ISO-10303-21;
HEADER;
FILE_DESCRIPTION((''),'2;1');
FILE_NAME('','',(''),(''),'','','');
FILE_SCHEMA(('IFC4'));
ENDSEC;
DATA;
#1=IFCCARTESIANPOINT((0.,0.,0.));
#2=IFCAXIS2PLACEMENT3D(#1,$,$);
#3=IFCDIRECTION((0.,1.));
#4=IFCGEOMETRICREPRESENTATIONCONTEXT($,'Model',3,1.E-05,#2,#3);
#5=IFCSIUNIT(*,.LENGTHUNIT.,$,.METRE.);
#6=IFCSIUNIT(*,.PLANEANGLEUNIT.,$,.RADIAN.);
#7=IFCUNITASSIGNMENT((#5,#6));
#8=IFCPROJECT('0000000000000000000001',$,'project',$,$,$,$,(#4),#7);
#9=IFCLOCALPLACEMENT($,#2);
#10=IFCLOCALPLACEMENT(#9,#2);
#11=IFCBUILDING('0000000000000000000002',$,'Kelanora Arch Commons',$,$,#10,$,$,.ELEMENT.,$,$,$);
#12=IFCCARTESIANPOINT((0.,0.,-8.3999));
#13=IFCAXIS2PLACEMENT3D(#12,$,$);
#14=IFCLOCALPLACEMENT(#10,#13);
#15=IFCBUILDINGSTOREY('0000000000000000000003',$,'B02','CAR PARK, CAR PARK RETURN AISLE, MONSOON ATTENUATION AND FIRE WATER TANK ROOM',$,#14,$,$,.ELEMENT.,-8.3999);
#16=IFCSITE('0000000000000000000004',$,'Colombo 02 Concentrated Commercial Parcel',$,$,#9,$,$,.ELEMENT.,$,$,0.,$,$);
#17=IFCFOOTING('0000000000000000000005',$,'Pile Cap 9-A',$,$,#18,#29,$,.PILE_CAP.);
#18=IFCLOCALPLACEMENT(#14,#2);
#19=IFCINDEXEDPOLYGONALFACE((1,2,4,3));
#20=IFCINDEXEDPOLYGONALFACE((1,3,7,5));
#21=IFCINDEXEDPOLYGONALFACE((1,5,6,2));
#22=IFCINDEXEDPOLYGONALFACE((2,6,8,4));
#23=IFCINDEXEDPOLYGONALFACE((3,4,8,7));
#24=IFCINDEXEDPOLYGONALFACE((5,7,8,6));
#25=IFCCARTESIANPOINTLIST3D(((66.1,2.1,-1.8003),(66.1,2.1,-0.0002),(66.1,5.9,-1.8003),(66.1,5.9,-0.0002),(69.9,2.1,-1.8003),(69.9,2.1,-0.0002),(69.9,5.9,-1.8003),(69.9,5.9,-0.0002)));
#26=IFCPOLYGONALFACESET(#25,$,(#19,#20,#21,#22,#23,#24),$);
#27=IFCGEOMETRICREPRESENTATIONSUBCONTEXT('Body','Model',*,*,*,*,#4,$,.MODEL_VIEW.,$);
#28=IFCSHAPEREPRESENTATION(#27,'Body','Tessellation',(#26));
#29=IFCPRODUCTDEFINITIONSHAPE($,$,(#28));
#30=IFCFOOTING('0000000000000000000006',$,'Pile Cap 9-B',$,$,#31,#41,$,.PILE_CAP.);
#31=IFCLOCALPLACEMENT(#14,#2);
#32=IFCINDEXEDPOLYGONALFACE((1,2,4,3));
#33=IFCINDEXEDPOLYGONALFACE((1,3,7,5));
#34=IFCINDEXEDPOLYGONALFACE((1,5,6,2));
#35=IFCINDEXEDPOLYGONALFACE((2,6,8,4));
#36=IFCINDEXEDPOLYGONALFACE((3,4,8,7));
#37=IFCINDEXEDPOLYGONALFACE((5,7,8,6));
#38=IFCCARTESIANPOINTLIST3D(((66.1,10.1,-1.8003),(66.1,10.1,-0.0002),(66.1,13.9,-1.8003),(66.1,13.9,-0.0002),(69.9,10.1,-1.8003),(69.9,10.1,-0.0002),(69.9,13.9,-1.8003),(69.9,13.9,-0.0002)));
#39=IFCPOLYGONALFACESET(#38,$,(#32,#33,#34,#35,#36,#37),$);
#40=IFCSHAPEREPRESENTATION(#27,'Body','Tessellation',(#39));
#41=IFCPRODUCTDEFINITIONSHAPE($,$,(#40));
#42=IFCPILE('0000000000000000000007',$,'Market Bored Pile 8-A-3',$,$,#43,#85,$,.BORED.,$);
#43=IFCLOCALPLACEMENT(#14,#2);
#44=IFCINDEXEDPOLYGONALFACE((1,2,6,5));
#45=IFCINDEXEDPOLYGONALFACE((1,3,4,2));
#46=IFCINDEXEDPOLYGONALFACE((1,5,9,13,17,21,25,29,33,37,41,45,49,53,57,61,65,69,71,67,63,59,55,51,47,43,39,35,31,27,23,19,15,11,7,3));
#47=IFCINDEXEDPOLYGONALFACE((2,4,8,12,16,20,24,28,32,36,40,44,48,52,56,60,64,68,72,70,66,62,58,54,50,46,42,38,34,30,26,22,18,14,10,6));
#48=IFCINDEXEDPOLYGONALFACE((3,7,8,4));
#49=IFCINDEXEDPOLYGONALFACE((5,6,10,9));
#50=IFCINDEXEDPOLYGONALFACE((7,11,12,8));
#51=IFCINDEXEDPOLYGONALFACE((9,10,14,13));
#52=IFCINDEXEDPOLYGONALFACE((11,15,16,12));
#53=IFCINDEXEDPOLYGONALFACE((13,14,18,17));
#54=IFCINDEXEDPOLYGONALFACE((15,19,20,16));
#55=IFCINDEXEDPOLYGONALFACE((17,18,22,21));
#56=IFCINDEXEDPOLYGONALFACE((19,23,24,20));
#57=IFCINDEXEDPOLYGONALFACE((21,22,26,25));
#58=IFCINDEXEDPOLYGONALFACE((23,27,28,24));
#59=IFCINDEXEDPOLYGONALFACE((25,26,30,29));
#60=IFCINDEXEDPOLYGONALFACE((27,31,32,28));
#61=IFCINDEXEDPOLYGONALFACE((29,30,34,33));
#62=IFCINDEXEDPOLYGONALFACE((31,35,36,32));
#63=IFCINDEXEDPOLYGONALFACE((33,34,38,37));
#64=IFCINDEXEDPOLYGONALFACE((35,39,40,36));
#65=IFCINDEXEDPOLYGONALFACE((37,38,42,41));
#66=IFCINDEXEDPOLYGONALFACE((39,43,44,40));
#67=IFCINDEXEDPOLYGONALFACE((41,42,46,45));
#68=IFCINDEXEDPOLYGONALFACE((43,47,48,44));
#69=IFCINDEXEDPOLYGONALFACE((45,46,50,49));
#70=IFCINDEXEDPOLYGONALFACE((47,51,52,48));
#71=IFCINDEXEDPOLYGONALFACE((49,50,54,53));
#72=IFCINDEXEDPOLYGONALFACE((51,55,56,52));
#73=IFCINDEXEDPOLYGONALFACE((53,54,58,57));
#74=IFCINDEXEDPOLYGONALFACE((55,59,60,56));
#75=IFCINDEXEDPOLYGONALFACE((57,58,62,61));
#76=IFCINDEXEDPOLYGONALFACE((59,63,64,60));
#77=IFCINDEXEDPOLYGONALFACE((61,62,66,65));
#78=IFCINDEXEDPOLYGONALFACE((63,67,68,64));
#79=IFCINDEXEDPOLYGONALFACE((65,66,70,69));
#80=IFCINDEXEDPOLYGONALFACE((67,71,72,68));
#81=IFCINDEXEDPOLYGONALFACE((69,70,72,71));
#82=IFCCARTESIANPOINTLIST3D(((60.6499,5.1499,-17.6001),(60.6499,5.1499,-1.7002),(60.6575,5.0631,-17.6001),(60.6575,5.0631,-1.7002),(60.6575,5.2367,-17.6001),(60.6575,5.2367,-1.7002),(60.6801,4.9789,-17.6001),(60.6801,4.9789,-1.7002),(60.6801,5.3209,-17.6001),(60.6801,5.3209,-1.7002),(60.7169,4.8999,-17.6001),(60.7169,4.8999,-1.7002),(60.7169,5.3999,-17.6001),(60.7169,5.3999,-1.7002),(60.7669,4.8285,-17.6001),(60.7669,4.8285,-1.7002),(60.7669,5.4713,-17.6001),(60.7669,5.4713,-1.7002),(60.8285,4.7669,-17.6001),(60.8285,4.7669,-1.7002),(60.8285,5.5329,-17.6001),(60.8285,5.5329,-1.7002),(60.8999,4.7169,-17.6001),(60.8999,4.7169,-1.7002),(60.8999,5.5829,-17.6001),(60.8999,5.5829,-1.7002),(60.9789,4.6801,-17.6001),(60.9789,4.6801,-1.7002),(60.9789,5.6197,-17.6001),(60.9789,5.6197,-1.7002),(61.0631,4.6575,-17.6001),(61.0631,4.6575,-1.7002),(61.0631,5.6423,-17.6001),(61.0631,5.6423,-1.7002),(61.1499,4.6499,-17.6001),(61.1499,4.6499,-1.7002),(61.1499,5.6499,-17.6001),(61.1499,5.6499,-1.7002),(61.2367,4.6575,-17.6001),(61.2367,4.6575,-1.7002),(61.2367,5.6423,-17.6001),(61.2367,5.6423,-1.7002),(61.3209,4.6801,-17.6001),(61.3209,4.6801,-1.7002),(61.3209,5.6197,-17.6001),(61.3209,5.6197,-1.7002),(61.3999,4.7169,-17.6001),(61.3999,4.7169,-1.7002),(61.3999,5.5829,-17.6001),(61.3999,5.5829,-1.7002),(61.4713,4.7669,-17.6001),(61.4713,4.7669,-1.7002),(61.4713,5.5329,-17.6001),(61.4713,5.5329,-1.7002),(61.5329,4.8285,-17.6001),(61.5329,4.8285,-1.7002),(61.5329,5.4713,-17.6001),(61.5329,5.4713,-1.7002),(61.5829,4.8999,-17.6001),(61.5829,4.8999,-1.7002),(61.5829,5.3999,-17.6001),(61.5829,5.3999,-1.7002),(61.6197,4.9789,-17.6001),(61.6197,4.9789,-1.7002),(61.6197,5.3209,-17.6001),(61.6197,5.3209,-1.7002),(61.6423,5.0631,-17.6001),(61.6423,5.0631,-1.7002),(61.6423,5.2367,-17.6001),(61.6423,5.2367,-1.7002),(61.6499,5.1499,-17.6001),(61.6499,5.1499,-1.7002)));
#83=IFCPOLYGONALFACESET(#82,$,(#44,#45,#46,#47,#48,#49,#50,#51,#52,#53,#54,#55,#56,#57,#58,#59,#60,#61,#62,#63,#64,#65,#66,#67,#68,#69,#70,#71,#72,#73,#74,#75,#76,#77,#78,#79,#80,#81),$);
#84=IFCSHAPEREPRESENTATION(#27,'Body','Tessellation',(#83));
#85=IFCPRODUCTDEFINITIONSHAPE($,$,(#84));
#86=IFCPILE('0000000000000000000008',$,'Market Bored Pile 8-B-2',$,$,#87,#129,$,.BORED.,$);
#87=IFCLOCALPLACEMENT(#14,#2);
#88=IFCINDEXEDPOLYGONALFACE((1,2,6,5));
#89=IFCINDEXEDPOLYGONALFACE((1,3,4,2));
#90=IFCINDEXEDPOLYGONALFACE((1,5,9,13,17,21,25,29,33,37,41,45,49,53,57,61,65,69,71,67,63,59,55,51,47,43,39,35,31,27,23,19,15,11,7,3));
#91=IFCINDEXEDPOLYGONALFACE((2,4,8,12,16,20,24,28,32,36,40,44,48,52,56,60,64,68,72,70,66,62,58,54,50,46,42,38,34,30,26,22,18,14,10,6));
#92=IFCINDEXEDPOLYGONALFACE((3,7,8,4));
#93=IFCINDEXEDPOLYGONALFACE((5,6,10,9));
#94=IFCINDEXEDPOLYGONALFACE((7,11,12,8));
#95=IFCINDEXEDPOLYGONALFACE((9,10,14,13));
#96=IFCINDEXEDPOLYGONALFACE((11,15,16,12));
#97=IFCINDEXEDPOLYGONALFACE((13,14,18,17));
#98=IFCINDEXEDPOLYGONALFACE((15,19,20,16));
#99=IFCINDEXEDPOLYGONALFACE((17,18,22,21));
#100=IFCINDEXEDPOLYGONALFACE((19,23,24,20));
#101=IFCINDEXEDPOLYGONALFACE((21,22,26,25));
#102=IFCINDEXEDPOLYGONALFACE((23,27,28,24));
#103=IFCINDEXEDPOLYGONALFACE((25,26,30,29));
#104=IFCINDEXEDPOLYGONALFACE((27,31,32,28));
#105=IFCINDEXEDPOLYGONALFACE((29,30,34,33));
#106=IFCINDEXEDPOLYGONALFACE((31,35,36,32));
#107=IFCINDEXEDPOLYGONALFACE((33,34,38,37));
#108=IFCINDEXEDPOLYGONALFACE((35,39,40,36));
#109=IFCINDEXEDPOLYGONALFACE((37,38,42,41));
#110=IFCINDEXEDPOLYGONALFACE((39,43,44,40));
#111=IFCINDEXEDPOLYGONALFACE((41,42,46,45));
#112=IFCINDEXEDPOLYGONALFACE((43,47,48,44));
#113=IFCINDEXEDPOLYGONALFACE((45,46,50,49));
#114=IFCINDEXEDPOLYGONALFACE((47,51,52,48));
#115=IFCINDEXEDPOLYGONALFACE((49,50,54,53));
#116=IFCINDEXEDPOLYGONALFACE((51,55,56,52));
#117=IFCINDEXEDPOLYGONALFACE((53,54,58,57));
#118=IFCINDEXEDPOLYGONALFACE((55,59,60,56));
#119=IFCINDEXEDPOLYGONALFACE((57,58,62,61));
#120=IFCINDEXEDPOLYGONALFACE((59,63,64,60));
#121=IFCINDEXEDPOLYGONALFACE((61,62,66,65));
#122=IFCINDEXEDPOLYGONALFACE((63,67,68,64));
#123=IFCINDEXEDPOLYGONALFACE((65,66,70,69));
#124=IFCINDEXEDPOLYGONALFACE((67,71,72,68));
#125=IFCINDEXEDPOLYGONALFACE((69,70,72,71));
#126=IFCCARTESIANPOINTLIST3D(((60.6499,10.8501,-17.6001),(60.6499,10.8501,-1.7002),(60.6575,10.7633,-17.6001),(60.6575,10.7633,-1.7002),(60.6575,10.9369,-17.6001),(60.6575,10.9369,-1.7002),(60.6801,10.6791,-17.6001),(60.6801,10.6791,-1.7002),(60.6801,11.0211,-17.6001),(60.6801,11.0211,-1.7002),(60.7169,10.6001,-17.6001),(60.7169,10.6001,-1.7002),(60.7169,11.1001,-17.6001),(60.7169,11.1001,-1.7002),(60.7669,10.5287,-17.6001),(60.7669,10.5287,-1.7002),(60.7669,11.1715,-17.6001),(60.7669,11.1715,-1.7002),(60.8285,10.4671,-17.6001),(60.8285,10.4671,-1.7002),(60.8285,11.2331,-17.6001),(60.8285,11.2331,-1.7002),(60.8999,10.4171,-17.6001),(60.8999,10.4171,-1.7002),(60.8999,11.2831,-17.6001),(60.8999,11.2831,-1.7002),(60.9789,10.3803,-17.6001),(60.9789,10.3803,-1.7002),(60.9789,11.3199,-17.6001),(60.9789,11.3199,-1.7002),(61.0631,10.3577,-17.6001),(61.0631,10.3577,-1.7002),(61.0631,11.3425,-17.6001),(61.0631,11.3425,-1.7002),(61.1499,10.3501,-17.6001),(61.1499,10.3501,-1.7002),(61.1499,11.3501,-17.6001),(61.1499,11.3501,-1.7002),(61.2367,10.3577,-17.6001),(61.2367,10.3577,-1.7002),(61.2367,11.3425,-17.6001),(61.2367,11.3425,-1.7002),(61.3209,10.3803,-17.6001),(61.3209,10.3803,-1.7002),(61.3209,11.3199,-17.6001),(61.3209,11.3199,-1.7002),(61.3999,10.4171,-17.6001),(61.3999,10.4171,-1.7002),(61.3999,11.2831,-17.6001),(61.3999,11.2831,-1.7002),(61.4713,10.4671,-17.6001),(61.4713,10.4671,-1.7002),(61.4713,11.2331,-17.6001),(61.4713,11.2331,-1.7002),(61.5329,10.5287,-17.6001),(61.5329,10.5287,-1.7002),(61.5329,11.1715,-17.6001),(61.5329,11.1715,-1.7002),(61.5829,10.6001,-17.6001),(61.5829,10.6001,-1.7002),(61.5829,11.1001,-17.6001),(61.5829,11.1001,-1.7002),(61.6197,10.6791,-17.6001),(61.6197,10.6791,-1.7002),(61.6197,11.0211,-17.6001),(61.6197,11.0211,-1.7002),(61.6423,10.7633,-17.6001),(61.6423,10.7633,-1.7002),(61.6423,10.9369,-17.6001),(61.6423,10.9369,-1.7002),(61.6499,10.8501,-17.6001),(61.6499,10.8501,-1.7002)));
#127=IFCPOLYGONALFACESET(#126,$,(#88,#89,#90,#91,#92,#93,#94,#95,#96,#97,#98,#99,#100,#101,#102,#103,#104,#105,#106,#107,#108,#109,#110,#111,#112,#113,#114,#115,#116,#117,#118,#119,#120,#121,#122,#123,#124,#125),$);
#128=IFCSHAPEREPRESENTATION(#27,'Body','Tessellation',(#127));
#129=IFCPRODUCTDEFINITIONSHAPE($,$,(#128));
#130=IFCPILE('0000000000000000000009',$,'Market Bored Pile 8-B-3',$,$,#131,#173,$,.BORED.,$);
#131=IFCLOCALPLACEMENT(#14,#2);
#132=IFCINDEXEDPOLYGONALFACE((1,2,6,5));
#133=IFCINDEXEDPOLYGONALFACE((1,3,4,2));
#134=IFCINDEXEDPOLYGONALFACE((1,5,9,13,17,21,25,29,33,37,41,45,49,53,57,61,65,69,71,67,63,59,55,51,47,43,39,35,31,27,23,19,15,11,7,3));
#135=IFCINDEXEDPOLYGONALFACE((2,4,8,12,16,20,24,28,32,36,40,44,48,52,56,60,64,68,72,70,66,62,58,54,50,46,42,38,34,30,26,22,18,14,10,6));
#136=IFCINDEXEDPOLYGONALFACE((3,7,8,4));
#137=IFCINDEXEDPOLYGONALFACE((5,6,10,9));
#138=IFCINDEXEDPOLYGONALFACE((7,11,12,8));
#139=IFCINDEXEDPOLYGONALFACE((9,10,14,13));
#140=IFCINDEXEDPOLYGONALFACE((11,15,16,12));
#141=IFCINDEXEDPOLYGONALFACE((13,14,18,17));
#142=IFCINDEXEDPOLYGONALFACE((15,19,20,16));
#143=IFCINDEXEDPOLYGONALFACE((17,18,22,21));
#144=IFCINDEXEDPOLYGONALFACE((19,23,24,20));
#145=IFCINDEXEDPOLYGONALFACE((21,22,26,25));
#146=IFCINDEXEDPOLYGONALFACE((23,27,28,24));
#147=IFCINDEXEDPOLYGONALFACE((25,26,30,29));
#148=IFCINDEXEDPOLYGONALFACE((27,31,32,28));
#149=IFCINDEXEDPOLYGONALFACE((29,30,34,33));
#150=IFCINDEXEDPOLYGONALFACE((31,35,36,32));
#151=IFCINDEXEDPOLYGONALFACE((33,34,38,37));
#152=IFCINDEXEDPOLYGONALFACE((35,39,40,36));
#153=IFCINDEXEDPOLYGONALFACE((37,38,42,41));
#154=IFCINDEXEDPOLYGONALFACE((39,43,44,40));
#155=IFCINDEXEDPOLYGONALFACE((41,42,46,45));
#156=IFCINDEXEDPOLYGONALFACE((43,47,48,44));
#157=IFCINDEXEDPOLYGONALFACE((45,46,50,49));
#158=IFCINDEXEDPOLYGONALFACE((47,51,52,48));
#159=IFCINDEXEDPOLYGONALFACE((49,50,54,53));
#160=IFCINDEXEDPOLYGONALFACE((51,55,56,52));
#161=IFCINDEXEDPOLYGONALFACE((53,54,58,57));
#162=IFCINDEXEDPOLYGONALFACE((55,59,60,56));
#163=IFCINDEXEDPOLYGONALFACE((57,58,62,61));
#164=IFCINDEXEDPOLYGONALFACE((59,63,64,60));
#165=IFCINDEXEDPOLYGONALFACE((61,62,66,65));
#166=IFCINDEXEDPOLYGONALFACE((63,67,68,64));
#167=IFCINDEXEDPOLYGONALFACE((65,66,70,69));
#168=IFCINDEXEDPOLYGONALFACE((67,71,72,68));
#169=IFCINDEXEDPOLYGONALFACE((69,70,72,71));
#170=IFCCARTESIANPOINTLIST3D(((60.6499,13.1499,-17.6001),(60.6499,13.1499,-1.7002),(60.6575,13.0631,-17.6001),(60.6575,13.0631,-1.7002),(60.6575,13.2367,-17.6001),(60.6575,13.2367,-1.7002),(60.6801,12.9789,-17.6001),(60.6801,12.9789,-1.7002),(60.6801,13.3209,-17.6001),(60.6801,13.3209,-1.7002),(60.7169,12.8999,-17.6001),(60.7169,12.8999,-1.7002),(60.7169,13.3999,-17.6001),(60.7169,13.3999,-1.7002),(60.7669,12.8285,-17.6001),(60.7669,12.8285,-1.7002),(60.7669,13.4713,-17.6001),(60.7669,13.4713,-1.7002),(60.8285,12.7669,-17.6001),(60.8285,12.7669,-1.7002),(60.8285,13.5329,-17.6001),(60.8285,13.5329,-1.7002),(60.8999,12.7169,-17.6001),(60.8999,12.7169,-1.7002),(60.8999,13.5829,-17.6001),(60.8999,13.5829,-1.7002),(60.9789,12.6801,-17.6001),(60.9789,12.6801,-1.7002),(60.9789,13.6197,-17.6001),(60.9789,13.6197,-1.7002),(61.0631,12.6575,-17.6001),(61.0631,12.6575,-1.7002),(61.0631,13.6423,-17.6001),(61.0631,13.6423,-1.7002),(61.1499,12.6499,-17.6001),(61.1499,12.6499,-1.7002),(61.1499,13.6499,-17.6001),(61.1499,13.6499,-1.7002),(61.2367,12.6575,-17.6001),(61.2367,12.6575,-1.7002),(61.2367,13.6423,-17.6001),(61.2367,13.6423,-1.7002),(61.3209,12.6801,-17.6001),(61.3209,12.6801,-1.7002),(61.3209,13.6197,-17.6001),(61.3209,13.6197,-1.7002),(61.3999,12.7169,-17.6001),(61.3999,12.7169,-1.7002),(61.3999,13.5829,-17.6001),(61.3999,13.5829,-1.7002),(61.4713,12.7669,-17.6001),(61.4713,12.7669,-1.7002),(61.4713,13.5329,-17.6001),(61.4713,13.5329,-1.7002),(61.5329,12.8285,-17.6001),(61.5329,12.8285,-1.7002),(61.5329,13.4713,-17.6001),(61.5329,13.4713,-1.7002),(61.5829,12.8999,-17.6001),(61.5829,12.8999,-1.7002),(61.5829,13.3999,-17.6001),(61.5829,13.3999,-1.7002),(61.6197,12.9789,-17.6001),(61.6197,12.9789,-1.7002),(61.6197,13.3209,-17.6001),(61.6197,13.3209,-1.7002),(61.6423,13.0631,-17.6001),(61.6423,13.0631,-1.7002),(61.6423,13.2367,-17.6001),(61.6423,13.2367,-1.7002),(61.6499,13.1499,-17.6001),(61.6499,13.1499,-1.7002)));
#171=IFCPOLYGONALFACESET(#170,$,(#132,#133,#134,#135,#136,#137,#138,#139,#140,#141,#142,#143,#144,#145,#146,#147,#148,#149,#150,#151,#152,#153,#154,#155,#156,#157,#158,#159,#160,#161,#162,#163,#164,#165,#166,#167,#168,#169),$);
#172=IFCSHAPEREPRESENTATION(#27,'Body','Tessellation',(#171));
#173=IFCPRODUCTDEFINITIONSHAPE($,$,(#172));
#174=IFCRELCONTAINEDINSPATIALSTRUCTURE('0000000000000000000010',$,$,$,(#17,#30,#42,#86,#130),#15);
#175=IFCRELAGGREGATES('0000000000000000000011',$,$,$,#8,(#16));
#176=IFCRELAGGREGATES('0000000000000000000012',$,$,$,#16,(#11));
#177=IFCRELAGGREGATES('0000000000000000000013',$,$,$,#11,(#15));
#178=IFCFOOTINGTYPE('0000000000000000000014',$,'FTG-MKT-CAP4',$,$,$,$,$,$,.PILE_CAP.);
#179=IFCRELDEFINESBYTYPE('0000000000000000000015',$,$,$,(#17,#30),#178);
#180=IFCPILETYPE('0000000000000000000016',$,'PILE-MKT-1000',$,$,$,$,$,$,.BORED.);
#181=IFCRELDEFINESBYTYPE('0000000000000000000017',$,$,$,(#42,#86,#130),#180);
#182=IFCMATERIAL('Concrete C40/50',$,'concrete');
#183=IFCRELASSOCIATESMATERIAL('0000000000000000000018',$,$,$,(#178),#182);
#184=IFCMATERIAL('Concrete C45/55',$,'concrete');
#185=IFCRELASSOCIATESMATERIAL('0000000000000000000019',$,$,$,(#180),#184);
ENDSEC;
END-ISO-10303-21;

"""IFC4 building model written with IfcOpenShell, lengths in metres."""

from ifc_helpers import new_model, si_unit, direction, frame, origin, origin_2d, place, context, subcontext, project, spatial, rectangle, circle, extrude, source, transform, mapped, material, material_profile, profile_set, type_object, element, save


model = new_model("IFC4")

# Units and contexts
model_context = context("Model", 3, precision=1e-05, world=origin(), true_north=direction((0.0, 1.0)))
body_context = subcontext(model_context, "Body", "Model", "MODEL_VIEW")
ifc_project = project(units=[si_unit("LENGTHUNIT", "METRE"), si_unit("PLANEANGLEUNIT", "RADIAN")], contexts=[model_context])

# Site, building, storey
site_placement = place(None, origin())
site = spatial("IfcSite", under=ifc_project, at=site_placement, Name="Colombo 02 Concentrated Commercial Parcel", CompositionType="ELEMENT", RefElevation=0.0)
building_placement = place(site_placement, origin())
building = spatial("IfcBuilding", under=site, at=building_placement, Name="Kelanora Arch Commons", CompositionType="ELEMENT")
storey_placement = place(building_placement, frame((0.0, 0.0, -8.3999)))
storey = spatial("IfcBuildingStorey", under=building, at=storey_placement, Name="B02", Description="CAR PARK, CAR PARK RETURN AISLE, MONSOON ATTENUATION AND FIRE WATER TANK ROOM", CompositionType="ELEMENT", Elevation=-8.3999)

# Footings
ifc_material_1 = material(Name="Concrete C40/50", Category="concrete")
footing_type_1 = type_object("IfcFootingType", Name="FTG-MKT-CAP4", PredefinedType="PILE_CAP", material=ifc_material_1)
shared_shape_1 = source(origin(), body_context, "Body", "SweptSolid", [
    extrude(rectangle(XDim=3.8, YDim=3.8, at=origin_2d()), origin(), (0.0, 0.0, 1.0), 1.8),
])
for number, where, z_axis, x_axis, name in (
    (1, (68.0, 4.0, -1.8003), (0.0, 0.0, 1.0), (1.0, 0.0, 0.0), "Pile Cap 9-A"),
    (2, (68.0, 12.0, -1.8003), (0.0, 0.0, 1.0), (1.0, 0.0, 0.0), "Pile Cap 9-B"),
):
    element("IfcFooting", number, at=place(storey_placement, frame(where, z_axis=z_axis, x_axis=x_axis)), inside=storey, type_object=footing_type_1, Name=name, PredefinedType="PILE_CAP", context=body_context, shape_type="MappedRepresentation", body=[
        mapped(shared_shape_1, transform((0.0, 0.0, 0.0), scale=1.0)),
    ])

# Piles
ifc_material_2 = material(Name="Concrete C45/55", Category="concrete")
ifc_material_profile_1 = material_profile(ifc_material_2, circle(Radius=0.5, at=origin_2d()), Name="PILE1000")
ifc_profile_set_1 = profile_set([ifc_material_profile_1], Name="Concrete C45/55")
pile_type = type_object("IfcPileType", Name="PILE-MKT-1000", PredefinedType="BORED", material=ifc_profile_set_1)
shared_shape_2 = source(origin(), body_context, "Body", "SweptSolid", [
    extrude(circle(Radius=0.5, at=origin_2d()), origin(), (0.0, 0.0, 1.0), 15.8999),
])
for number, where, z_axis, x_axis, name in (
    (3, (61.1499, 5.1499, -1.7002), (0.0, 0.0, -1.0), (1.0, 0.0, 0.0), "Market Bored Pile 8-A-3"),
    (4, (61.1499, 10.8501, -1.7002), (0.0, 0.0, -1.0), (1.0, 0.0, 0.0), "Market Bored Pile 8-B-2"),
    (5, (61.1499, 13.1499, -1.7002), (0.0, 0.0, -1.0), (1.0, 0.0, 0.0), "Market Bored Pile 8-B-3"),
):
    element("IfcPile", number, at=place(storey_placement, frame(where, z_axis=z_axis, x_axis=x_axis)), inside=storey, type_object=pile_type, Name=name, PredefinedType="BORED", context=body_context, shape_type="MappedRepresentation", body=[
        mapped(shared_shape_2, transform((0.0, 0.0, 0.0), scale=1.0)),
    ])

save(model, "model.ifc")
